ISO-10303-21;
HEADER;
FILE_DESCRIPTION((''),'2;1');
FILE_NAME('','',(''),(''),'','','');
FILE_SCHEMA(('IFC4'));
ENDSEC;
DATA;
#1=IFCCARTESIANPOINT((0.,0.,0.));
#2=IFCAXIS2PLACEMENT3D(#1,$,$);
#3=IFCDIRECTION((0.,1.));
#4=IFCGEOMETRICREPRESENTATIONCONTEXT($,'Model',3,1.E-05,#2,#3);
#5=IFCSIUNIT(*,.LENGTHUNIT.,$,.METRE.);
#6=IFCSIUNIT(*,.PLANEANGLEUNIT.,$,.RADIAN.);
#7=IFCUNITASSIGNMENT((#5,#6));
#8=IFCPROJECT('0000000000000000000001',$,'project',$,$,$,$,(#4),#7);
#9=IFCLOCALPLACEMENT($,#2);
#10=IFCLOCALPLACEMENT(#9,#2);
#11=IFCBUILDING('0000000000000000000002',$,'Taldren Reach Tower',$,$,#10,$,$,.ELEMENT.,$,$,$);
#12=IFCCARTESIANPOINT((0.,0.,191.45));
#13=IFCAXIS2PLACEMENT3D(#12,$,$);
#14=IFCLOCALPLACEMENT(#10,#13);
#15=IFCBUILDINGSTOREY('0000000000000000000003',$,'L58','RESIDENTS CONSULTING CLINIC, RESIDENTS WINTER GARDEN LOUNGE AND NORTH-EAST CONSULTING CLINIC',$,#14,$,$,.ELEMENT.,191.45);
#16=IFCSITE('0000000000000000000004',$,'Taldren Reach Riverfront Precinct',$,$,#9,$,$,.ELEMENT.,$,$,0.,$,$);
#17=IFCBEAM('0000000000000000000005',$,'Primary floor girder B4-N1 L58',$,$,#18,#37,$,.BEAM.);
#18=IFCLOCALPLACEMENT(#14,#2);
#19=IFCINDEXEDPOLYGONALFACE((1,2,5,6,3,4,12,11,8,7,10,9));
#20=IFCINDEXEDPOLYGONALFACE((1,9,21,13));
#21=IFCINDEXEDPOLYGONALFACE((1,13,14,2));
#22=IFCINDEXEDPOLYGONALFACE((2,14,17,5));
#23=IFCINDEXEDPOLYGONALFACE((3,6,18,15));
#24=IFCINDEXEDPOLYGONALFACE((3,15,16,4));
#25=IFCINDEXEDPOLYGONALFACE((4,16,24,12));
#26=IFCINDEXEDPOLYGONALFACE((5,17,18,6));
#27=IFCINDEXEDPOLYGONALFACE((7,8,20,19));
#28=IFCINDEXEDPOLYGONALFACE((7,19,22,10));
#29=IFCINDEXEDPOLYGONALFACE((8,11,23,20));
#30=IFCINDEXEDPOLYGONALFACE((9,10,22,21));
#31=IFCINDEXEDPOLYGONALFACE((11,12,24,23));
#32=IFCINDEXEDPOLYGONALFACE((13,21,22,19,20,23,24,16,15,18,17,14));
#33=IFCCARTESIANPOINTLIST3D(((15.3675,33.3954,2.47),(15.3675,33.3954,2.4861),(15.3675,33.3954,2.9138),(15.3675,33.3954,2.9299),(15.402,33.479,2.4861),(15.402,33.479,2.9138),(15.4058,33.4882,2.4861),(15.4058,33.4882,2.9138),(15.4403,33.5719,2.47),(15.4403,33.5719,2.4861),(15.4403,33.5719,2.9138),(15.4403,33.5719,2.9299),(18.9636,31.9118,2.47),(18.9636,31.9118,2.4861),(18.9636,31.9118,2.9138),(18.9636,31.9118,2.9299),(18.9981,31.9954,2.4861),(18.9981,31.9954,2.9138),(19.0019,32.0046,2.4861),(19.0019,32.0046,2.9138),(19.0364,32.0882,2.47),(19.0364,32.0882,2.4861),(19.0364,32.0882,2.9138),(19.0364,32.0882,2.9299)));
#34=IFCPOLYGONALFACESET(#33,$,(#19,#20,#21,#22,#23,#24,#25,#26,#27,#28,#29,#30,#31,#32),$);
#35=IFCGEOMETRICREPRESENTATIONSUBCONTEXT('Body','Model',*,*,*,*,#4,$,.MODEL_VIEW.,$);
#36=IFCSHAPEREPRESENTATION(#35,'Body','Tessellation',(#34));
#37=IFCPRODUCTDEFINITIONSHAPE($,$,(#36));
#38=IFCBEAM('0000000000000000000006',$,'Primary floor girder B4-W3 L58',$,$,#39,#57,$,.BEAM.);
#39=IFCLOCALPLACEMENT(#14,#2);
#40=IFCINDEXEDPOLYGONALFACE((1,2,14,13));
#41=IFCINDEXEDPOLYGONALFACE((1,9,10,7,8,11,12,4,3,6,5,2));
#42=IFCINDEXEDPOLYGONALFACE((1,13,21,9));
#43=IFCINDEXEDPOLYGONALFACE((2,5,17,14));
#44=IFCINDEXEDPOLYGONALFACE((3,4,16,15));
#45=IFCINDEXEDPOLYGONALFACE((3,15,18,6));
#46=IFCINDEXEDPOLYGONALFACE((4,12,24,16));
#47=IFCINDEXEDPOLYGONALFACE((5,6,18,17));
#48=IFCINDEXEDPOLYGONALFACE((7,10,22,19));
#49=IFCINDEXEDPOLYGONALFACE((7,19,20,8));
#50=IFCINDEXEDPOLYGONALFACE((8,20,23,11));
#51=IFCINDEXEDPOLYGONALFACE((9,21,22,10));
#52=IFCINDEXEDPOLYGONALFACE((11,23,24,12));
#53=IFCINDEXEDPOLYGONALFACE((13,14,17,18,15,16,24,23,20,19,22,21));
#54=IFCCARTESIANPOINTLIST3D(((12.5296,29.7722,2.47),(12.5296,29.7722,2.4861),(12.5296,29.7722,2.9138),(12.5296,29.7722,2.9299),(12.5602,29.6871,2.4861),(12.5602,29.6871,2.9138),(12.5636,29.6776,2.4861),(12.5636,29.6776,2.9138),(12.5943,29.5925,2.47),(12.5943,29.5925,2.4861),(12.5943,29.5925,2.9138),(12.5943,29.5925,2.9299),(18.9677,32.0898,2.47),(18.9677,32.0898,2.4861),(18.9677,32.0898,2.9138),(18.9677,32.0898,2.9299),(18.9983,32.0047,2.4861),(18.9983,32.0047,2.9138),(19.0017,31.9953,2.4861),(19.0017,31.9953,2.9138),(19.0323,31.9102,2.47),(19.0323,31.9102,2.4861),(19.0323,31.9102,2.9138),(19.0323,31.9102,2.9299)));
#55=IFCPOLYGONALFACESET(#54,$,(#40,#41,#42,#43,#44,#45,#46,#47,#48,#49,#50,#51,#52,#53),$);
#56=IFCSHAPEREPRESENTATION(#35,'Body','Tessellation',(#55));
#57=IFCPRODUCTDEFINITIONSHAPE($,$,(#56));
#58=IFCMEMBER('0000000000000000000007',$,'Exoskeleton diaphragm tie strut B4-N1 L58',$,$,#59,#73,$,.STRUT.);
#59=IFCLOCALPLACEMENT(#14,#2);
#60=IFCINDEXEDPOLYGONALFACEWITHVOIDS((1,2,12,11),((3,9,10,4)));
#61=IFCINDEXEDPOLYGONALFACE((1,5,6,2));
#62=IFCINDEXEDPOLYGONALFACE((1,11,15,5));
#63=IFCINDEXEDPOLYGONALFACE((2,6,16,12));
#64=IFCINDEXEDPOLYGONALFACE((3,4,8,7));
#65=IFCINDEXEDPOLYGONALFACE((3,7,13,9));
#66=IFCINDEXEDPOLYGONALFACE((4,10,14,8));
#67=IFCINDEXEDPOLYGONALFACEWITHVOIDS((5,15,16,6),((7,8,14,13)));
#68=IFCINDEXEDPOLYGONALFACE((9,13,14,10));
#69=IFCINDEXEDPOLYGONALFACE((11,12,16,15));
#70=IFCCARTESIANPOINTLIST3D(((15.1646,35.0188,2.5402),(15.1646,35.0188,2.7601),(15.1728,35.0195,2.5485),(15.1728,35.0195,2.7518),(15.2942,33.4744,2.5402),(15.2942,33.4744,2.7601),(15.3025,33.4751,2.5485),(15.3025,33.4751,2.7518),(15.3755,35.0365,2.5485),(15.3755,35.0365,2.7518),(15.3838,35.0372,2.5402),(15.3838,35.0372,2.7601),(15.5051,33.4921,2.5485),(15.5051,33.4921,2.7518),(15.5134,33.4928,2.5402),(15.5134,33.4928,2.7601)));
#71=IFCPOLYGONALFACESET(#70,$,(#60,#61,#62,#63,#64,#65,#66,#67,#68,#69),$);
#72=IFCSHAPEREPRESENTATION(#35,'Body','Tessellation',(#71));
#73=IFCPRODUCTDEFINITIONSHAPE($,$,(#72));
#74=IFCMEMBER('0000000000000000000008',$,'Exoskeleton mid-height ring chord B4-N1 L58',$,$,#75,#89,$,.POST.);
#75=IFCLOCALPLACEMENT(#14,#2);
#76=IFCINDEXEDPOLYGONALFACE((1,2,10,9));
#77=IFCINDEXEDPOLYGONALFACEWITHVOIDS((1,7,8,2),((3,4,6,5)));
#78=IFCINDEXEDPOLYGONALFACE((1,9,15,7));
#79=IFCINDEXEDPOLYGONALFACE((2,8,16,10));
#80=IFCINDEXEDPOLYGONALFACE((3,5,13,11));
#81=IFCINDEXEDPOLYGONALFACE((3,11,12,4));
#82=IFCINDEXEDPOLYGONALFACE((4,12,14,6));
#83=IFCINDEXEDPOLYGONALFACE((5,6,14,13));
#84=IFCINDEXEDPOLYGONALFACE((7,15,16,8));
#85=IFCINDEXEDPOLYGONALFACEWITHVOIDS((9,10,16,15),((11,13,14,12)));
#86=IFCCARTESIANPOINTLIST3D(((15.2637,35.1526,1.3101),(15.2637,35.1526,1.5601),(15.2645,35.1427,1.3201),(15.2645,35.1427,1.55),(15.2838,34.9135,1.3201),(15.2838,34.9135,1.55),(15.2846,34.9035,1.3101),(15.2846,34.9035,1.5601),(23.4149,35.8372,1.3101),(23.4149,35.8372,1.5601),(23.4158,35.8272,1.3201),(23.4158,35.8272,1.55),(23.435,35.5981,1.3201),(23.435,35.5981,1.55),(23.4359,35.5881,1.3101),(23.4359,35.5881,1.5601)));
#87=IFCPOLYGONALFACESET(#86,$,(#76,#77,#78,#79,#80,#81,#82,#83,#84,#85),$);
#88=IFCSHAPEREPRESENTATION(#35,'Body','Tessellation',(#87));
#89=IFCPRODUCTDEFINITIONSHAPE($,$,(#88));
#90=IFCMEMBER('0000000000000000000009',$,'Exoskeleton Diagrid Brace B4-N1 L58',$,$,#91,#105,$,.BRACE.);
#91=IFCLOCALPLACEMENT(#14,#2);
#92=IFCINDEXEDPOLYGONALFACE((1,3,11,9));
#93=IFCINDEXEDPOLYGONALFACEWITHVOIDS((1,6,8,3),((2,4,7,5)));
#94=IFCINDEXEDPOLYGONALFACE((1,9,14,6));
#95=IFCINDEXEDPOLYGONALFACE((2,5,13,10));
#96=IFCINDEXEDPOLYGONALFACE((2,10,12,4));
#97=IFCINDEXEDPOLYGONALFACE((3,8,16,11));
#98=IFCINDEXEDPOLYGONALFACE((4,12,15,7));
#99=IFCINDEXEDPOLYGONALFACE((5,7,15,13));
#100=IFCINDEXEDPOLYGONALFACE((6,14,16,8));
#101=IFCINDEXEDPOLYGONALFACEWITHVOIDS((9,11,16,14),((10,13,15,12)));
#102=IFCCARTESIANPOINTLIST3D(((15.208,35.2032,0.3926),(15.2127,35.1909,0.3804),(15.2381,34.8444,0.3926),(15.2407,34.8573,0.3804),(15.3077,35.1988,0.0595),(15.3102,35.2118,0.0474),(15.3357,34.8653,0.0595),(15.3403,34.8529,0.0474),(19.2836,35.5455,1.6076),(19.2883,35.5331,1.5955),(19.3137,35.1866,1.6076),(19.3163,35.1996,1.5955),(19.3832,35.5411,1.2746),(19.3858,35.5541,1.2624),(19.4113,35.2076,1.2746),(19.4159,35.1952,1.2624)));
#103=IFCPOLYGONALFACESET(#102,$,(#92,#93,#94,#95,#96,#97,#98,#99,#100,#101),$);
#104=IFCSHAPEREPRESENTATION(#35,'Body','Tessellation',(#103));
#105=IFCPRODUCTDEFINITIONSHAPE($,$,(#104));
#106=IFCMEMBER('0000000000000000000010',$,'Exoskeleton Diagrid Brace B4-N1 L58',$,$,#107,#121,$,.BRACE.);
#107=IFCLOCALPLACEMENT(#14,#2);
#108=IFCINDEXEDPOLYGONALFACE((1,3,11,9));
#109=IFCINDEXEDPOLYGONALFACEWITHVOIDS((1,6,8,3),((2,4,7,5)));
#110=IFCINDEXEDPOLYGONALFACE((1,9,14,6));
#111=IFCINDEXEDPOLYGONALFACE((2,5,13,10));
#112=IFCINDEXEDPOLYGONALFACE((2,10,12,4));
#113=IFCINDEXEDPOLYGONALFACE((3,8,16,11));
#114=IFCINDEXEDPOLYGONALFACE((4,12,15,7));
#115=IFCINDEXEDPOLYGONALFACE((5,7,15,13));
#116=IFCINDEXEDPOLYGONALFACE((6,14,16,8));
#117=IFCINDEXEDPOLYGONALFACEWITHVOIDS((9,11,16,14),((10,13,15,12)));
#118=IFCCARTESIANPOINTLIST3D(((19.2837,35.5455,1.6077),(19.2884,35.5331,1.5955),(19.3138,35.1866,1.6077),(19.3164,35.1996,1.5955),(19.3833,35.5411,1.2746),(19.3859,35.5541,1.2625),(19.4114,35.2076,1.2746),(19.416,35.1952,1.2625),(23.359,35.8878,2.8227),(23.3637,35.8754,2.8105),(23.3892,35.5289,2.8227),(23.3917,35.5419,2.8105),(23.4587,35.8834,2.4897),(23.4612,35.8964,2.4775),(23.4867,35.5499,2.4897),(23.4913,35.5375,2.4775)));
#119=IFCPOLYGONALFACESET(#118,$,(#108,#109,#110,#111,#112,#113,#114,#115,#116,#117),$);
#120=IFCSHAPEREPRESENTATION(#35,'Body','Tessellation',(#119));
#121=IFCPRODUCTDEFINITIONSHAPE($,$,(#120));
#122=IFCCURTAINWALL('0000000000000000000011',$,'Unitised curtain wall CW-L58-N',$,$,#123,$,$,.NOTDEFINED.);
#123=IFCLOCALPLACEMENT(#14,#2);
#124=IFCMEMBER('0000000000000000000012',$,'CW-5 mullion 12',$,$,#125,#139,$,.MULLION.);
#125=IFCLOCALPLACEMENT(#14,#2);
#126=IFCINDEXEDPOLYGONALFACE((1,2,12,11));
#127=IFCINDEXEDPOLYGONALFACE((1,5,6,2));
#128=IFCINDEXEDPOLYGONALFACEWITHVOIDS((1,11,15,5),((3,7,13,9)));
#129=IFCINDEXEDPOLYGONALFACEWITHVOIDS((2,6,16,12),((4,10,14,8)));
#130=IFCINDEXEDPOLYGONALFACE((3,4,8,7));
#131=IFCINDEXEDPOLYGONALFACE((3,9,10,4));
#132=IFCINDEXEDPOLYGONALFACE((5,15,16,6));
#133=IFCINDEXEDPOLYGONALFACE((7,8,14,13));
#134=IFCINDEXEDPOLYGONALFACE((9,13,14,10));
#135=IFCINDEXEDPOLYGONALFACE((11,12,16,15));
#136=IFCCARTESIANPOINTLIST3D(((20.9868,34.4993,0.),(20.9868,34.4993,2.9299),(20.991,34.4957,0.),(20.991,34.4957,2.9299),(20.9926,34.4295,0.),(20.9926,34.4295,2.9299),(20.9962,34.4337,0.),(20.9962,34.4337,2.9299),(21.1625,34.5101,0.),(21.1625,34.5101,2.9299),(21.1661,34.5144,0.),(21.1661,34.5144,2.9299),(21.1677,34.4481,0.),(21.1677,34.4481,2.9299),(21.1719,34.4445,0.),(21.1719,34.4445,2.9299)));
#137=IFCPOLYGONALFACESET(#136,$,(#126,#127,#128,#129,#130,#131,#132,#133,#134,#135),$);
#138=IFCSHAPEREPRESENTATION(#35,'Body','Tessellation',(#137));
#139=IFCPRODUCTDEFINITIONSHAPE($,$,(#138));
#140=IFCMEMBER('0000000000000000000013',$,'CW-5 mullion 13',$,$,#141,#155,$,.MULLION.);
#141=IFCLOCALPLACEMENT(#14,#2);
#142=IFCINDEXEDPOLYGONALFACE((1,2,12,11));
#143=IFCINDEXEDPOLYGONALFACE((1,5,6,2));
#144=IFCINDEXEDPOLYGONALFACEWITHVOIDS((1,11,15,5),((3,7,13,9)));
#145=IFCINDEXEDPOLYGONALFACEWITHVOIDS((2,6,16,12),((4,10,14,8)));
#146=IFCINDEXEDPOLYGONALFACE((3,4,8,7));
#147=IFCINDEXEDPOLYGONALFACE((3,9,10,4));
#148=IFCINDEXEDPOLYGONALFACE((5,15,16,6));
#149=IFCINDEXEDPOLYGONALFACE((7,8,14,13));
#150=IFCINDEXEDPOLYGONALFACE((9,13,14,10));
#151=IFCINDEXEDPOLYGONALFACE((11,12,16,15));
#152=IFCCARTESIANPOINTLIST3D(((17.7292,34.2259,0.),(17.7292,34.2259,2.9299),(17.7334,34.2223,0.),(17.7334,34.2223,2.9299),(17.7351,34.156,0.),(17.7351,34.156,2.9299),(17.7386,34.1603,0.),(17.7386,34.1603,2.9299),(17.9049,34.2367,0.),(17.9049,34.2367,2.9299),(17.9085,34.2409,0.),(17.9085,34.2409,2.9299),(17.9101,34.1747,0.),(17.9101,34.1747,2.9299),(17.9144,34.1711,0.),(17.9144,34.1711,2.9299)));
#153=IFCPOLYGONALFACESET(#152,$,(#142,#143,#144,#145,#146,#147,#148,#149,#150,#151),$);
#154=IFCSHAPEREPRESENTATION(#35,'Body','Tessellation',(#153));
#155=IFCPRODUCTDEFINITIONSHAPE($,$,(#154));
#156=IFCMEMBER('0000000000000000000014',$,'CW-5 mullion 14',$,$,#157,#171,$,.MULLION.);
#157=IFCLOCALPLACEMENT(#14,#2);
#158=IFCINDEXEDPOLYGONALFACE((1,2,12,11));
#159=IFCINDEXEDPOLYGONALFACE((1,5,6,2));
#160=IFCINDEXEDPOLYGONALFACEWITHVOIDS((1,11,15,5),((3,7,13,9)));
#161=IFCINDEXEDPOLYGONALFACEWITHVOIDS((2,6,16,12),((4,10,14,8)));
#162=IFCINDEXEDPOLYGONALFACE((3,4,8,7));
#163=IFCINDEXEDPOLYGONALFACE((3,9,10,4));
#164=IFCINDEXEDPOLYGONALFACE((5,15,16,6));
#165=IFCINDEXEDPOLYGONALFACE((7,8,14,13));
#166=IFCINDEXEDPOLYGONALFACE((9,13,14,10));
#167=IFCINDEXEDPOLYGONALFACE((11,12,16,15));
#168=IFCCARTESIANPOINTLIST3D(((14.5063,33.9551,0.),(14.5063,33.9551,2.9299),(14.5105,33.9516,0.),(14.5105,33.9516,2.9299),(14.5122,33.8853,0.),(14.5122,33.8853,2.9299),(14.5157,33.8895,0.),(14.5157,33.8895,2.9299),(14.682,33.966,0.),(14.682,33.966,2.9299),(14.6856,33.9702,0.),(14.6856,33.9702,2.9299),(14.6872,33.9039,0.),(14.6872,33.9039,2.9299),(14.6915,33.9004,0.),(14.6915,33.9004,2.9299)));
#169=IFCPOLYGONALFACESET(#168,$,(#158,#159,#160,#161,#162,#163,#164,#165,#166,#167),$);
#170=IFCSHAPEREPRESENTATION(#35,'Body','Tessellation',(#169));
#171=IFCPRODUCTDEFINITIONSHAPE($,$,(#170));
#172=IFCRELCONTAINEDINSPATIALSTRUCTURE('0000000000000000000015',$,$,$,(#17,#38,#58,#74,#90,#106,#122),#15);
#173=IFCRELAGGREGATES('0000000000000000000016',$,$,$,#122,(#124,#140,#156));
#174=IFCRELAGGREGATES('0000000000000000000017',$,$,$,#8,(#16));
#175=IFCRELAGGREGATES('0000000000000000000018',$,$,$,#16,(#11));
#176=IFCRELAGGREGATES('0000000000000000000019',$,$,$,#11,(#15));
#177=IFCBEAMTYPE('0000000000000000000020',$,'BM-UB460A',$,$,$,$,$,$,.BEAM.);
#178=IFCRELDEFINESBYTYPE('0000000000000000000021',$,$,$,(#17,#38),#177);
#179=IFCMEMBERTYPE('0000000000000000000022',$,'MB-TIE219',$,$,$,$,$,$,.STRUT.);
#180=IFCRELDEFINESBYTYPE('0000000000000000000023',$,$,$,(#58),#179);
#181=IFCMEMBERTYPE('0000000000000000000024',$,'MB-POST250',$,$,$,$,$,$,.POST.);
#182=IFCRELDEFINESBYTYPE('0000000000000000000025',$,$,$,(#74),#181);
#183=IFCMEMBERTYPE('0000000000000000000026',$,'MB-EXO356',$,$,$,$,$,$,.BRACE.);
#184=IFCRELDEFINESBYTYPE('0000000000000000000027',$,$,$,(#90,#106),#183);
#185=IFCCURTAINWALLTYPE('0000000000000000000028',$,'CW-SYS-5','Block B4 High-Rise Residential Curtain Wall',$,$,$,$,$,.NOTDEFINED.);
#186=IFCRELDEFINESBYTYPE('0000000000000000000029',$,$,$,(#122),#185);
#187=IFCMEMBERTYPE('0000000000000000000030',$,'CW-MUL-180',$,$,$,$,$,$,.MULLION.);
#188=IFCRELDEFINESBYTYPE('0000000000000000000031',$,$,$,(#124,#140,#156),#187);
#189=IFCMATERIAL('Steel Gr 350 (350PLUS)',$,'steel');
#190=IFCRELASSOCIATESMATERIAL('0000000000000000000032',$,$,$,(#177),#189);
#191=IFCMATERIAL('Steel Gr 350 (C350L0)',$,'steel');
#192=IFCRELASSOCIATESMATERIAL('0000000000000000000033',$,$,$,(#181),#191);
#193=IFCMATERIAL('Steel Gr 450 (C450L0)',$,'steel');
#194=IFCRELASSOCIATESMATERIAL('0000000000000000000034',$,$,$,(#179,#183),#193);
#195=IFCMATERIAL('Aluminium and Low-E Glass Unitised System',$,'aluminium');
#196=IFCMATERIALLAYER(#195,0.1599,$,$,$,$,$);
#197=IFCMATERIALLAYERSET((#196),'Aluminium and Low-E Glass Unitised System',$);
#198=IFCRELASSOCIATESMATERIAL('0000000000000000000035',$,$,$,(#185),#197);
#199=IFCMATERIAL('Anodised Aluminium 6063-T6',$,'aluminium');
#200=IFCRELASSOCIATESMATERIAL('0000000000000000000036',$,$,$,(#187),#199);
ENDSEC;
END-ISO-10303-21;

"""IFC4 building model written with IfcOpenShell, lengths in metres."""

from ifc_helpers import new_model, si_unit, direction, frame, origin, origin_2d, place, context, subcontext, project, spatial, hollow_rectangle, i_section, extrude, source, transform, mapped, material, layer, layer_set, material_profile, profile_set, type_object, element, aggregate, save


model = new_model("IFC4")

# Units and contexts
model_context = context("Model", 3, precision=1e-05, world=origin(), true_north=direction((0.0, 1.0)))
body_context = subcontext(model_context, "Body", "Model", "MODEL_VIEW")
ifc_project = project(units=[si_unit("LENGTHUNIT", "METRE"), si_unit("PLANEANGLEUNIT", "RADIAN")], contexts=[model_context])

# Site, building, storey
site_placement = place(None, origin())
site = spatial("IfcSite", under=ifc_project, at=site_placement, Name="Taldren Reach Riverfront Precinct", CompositionType="ELEMENT", RefElevation=0.0)
building_placement = place(site_placement, origin())
building = spatial("IfcBuilding", under=site, at=building_placement, Name="Taldren Reach Tower", CompositionType="ELEMENT")
storey_placement = place(building_placement, frame((0.0, 0.0, 191.45)))
storey = spatial("IfcBuildingStorey", under=building, at=storey_placement, Name="L58", Description="RESIDENTS CONSULTING CLINIC, RESIDENTS WINTER GARDEN LOUNGE AND NORTH-EAST CONSULTING CLINIC", CompositionType="ELEMENT", Elevation=191.45)

# Shared definitions
ifc_material_1 = material(Name="Steel Gr 450 (C450L0)", Category="steel")
ifc_material_2 = material(Name="Steel Gr 350 (C350L0)", Category="steel")
ifc_material_3 = material(Name="Steel Gr 350 (350PLUS)", Category="steel")

# Shared definitions
ifc_material_profile_1 = material_profile(ifc_material_3, i_section(OverallWidth=0.1909, OverallDepth=0.46, WebThickness=0.01, FlangeThickness=0.0161, at=origin_2d()), Name="460UB82.1")
ifc_profile_set_1 = profile_set([ifc_material_profile_1], Name="Steel Gr 350 (350PLUS)")
beam_type_1 = type_object("IfcBeamType", Name="BM-UB460A", PredefinedType="BEAM", material=ifc_profile_set_1)

# Shared definitions
ifc_material_profile_2 = material_profile(ifc_material_2, hollow_rectangle(XDim=0.25, YDim=0.25, WallThickness=0.01, at=origin_2d()), Name="250x250x10.0SHS")
ifc_profile_set_2 = profile_set([ifc_material_profile_2], Name="Steel Gr 350 (C350L0)")
member_type_1 = type_object("IfcMemberType", Name="MB-POST250", PredefinedType="POST", material=ifc_profile_set_2)

# Beams
shared_shape_1 = source(origin(), body_context, "Body", "SweptSolid", [
    extrude(i_section(OverallWidth=0.1909, OverallDepth=0.46, WebThickness=0.01, FlangeThickness=0.0161, at=origin_2d()), origin(), (0.0, 0.0, 1.0), 3.8901),
])
beam_1_placement = place(storey_placement, frame((19.0, 32.0, 2.7), z_axis=(-0.924419, 0.381378, 0.0), x_axis=(-0.381378, -0.924419, 0.0)))
element("IfcBeam", 1, at=beam_1_placement, inside=storey, type_object=beam_type_1, Name="Primary floor girder B4-N1 L58", PredefinedType="BEAM", context=body_context, shape_type="MappedRepresentation", body=[
    mapped(shared_shape_1, transform((0.0, 0.0, 0.0), scale=1.0)),
])
shared_shape_2 = source(origin(), body_context, "Body", "SweptSolid", [
    extrude(i_section(OverallWidth=0.1909, OverallDepth=0.46, WebThickness=0.01, FlangeThickness=0.0161, at=origin_2d()), origin(), (0.0, 0.0, 1.0), 6.8425),
])
beam_2_placement = place(storey_placement, frame((19.0, 32.0, 2.7), z_axis=(-0.94089, -0.338713, 0.0), x_axis=(0.338713, -0.94089, 0.0)))
element("IfcBeam", 2, at=beam_2_placement, inside=storey, type_object=beam_type_1, Name="Primary floor girder B4-W3 L58", PredefinedType="BEAM", context=body_context, shape_type="MappedRepresentation", body=[
    mapped(shared_shape_2, transform((0.0, 0.0, 0.0), scale=1.0)),
])

# Members
ifc_material_profile_3 = material_profile(ifc_material_1, hollow_rectangle(XDim=0.22, YDim=0.22, WallThickness=0.0083, at=origin_2d()), Name="220x220x8.2SHS")
ifc_profile_set_3 = profile_set([ifc_material_profile_3], Name="Steel Gr 450 (C450L0)")
member_type_2 = type_object("IfcMemberType", Name="MB-TIE219", PredefinedType="STRUT", material=ifc_profile_set_3)
shared_shape_3 = source(origin(), body_context, "Body", "SweptSolid", [
    extrude(hollow_rectangle(XDim=0.22, YDim=0.22, WallThickness=0.0083, at=origin_2d()), origin(), (0.0, 0.0, 1.0), 1.5498),
])
member_1_placement = place(storey_placement, frame((15.4038, 33.4836, 2.6501), z_axis=(-0.083645, 0.996496, 0.0), x_axis=(-0.996496, -0.083645, 0.0)))
element("IfcMember", 3, at=member_1_placement, inside=storey, type_object=member_type_2, Name="Exoskeleton diaphragm tie strut B4-N1 L58", PredefinedType="STRUT", context=body_context, shape_type="MappedRepresentation", body=[
    mapped(shared_shape_3, transform((0.0, 0.0, 0.0), scale=1.0)),
])
shared_shape_4 = source(origin(), body_context, "Body", "SweptSolid", [
    extrude(hollow_rectangle(XDim=0.25, YDim=0.25, WallThickness=0.01, at=origin_2d()), origin(), (0.0, 0.0, 1.0), 8.1799),
])
member_2_placement = place(storey_placement, frame((15.2742, 35.0281, 1.4351), z_axis=(0.996492, 0.08369, 0.0), x_axis=(-0.08369, 0.996492, 0.0)))
element("IfcMember", 4, at=member_2_placement, inside=storey, type_object=member_type_1, Name="Exoskeleton mid-height ring chord B4-N1 L58", PredefinedType="POST", context=body_context, shape_type="MappedRepresentation", body=[
    mapped(shared_shape_4, transform((0.0, 0.0, 0.0), scale=1.0)),
])
ifc_material_profile_4 = material_profile(ifc_material_1, hollow_rectangle(XDim=0.3601, YDim=0.3601, WallThickness=0.0127, at=origin_2d()), Name="360x360x12.7SHS")
ifc_profile_set_4 = profile_set([ifc_material_profile_4], Name="Steel Gr 450 (C450L0)")
member_type_3 = type_object("IfcMemberType", Name="MB-EXO356", PredefinedType="BRACE", material=ifc_profile_set_4)
shared_shape_5 = source(origin(), body_context, "Body", "SweptSolid", [
    extrude(hollow_rectangle(XDim=0.3601, YDim=0.3601, WallThickness=0.0127, at=origin_2d()), origin(), (0.0, 0.0, 1.0), 4.2666),
])
member_3_placement = place(storey_placement, frame((15.2742, 35.0281, 0.22), z_axis=(0.955229, 0.080222, 0.284783), x_axis=(-0.083688, 0.996492, 0.0)))
element("IfcMember", 5, at=member_3_placement, inside=storey, type_object=member_type_3, Name="Exoskeleton Diagrid Brace B4-N1 L58", PredefinedType="BRACE", context=body_context, shape_type="MappedRepresentation", body=[
    mapped(shared_shape_5, transform((0.0, 0.0, 0.0), scale=1.0)),
])
shared_shape_6 = source(origin(), body_context, "Body", "SweptSolid", [
    extrude(hollow_rectangle(XDim=0.3601, YDim=0.3601, WallThickness=0.0127, at=origin_2d()), origin(), (0.0, 0.0, 1.0), 4.2664),
])
member_4_placement = place(storey_placement, frame((19.3499, 35.3704, 1.4351), z_axis=(0.955224, 0.080227, 0.284799), x_axis=(-0.083693, 0.996492, 0.0)))
element("IfcMember", 6, at=member_4_placement, inside=storey, type_object=member_type_3, Name="Exoskeleton Diagrid Brace B4-N1 L58", PredefinedType="BRACE", context=body_context, shape_type="MappedRepresentation", body=[
    mapped(shared_shape_6, transform((0.0, 0.0, 0.0), scale=1.0)),
])

# Curtain wall, members
ifc_material_4 = material(Name="Aluminium and Low-E Glass Unitised System", Category="aluminium")
ifc_layer_1 = layer(ifc_material_4, 0.1599)
ifc_layer_set_1 = layer_set([ifc_layer_1], Name="Aluminium and Low-E Glass Unitised System")
curtain_wall_type = type_object("IfcCurtainWallType", Name="CW-SYS-5", Description="Block B4 High-Rise Residential Curtain Wall", PredefinedType="NOTDEFINED", material=ifc_layer_set_1)
curtain_wall_1_placement = place(storey_placement, origin())
curtain_wall_1 = element("IfcCurtainWall", 7, at=curtain_wall_1_placement, inside=storey, type_object=curtain_wall_type, Name="Unitised curtain wall CW-L58-N", PredefinedType="NOTDEFINED")
ifc_material_5 = material(Name="Anodised Aluminium 6063-T6", Category="aluminium")
ifc_material_profile_5 = material_profile(ifc_material_5, hollow_rectangle(XDim=0.0701, YDim=0.1799, WallThickness=0.0039, at=origin_2d()), Name="ALU-180x70x4RHS")
ifc_profile_set_5 = profile_set([ifc_material_profile_5], Name="Anodised Aluminium 6063-T6")
member_type_4 = type_object("IfcMemberType", Name="CW-MUL-180", PredefinedType="MULLION", material=ifc_profile_set_5)
shared_shape_7 = source(origin(), body_context, "Body", "SweptSolid", [
    extrude(hollow_rectangle(XDim=0.0701, YDim=0.1799, WallThickness=0.0039, at=origin_2d()), origin(), (0.0, 0.0, 1.0), 2.9299),
])
member_5_placement = place(storey_placement, frame((21.0793, 34.4719, 0.0), z_axis=(0.0, 0.0, 1.0), x_axis=(0.083678, -0.996493, 0.0)))
member_5 = element("IfcMember", 8, at=member_5_placement, type_object=member_type_4, Name="CW-5 mullion 12", PredefinedType="MULLION", context=body_context, shape_type="MappedRepresentation", body=[
    mapped(shared_shape_7, transform((0.0, 0.0, 0.0), scale=1.0)),
])
member_6_placement = place(storey_placement, frame((17.8218, 34.1985, 0.0), z_axis=(0.0, 0.0, 1.0), x_axis=(0.083678, -0.996493, 0.0)))
member_6 = element("IfcMember", 9, at=member_6_placement, type_object=member_type_4, Name="CW-5 mullion 13", PredefinedType="MULLION", context=body_context, shape_type="MappedRepresentation", body=[
    mapped(shared_shape_7, transform((0.0, 0.0, 0.0), scale=1.0)),
])
member_7_placement = place(storey_placement, frame((14.5989, 33.9277, 0.0), z_axis=(0.0, 0.0, 1.0), x_axis=(0.083678, -0.996493, 0.0)))
member_7 = element("IfcMember", 10, at=member_7_placement, type_object=member_type_4, Name="CW-5 mullion 14", PredefinedType="MULLION", context=body_context, shape_type="MappedRepresentation", body=[
    mapped(shared_shape_7, transform((0.0, 0.0, 0.0), scale=1.0)),
])

aggregate(curtain_wall_1, [member_5, member_6, member_7])

save(model, "model.ifc")
